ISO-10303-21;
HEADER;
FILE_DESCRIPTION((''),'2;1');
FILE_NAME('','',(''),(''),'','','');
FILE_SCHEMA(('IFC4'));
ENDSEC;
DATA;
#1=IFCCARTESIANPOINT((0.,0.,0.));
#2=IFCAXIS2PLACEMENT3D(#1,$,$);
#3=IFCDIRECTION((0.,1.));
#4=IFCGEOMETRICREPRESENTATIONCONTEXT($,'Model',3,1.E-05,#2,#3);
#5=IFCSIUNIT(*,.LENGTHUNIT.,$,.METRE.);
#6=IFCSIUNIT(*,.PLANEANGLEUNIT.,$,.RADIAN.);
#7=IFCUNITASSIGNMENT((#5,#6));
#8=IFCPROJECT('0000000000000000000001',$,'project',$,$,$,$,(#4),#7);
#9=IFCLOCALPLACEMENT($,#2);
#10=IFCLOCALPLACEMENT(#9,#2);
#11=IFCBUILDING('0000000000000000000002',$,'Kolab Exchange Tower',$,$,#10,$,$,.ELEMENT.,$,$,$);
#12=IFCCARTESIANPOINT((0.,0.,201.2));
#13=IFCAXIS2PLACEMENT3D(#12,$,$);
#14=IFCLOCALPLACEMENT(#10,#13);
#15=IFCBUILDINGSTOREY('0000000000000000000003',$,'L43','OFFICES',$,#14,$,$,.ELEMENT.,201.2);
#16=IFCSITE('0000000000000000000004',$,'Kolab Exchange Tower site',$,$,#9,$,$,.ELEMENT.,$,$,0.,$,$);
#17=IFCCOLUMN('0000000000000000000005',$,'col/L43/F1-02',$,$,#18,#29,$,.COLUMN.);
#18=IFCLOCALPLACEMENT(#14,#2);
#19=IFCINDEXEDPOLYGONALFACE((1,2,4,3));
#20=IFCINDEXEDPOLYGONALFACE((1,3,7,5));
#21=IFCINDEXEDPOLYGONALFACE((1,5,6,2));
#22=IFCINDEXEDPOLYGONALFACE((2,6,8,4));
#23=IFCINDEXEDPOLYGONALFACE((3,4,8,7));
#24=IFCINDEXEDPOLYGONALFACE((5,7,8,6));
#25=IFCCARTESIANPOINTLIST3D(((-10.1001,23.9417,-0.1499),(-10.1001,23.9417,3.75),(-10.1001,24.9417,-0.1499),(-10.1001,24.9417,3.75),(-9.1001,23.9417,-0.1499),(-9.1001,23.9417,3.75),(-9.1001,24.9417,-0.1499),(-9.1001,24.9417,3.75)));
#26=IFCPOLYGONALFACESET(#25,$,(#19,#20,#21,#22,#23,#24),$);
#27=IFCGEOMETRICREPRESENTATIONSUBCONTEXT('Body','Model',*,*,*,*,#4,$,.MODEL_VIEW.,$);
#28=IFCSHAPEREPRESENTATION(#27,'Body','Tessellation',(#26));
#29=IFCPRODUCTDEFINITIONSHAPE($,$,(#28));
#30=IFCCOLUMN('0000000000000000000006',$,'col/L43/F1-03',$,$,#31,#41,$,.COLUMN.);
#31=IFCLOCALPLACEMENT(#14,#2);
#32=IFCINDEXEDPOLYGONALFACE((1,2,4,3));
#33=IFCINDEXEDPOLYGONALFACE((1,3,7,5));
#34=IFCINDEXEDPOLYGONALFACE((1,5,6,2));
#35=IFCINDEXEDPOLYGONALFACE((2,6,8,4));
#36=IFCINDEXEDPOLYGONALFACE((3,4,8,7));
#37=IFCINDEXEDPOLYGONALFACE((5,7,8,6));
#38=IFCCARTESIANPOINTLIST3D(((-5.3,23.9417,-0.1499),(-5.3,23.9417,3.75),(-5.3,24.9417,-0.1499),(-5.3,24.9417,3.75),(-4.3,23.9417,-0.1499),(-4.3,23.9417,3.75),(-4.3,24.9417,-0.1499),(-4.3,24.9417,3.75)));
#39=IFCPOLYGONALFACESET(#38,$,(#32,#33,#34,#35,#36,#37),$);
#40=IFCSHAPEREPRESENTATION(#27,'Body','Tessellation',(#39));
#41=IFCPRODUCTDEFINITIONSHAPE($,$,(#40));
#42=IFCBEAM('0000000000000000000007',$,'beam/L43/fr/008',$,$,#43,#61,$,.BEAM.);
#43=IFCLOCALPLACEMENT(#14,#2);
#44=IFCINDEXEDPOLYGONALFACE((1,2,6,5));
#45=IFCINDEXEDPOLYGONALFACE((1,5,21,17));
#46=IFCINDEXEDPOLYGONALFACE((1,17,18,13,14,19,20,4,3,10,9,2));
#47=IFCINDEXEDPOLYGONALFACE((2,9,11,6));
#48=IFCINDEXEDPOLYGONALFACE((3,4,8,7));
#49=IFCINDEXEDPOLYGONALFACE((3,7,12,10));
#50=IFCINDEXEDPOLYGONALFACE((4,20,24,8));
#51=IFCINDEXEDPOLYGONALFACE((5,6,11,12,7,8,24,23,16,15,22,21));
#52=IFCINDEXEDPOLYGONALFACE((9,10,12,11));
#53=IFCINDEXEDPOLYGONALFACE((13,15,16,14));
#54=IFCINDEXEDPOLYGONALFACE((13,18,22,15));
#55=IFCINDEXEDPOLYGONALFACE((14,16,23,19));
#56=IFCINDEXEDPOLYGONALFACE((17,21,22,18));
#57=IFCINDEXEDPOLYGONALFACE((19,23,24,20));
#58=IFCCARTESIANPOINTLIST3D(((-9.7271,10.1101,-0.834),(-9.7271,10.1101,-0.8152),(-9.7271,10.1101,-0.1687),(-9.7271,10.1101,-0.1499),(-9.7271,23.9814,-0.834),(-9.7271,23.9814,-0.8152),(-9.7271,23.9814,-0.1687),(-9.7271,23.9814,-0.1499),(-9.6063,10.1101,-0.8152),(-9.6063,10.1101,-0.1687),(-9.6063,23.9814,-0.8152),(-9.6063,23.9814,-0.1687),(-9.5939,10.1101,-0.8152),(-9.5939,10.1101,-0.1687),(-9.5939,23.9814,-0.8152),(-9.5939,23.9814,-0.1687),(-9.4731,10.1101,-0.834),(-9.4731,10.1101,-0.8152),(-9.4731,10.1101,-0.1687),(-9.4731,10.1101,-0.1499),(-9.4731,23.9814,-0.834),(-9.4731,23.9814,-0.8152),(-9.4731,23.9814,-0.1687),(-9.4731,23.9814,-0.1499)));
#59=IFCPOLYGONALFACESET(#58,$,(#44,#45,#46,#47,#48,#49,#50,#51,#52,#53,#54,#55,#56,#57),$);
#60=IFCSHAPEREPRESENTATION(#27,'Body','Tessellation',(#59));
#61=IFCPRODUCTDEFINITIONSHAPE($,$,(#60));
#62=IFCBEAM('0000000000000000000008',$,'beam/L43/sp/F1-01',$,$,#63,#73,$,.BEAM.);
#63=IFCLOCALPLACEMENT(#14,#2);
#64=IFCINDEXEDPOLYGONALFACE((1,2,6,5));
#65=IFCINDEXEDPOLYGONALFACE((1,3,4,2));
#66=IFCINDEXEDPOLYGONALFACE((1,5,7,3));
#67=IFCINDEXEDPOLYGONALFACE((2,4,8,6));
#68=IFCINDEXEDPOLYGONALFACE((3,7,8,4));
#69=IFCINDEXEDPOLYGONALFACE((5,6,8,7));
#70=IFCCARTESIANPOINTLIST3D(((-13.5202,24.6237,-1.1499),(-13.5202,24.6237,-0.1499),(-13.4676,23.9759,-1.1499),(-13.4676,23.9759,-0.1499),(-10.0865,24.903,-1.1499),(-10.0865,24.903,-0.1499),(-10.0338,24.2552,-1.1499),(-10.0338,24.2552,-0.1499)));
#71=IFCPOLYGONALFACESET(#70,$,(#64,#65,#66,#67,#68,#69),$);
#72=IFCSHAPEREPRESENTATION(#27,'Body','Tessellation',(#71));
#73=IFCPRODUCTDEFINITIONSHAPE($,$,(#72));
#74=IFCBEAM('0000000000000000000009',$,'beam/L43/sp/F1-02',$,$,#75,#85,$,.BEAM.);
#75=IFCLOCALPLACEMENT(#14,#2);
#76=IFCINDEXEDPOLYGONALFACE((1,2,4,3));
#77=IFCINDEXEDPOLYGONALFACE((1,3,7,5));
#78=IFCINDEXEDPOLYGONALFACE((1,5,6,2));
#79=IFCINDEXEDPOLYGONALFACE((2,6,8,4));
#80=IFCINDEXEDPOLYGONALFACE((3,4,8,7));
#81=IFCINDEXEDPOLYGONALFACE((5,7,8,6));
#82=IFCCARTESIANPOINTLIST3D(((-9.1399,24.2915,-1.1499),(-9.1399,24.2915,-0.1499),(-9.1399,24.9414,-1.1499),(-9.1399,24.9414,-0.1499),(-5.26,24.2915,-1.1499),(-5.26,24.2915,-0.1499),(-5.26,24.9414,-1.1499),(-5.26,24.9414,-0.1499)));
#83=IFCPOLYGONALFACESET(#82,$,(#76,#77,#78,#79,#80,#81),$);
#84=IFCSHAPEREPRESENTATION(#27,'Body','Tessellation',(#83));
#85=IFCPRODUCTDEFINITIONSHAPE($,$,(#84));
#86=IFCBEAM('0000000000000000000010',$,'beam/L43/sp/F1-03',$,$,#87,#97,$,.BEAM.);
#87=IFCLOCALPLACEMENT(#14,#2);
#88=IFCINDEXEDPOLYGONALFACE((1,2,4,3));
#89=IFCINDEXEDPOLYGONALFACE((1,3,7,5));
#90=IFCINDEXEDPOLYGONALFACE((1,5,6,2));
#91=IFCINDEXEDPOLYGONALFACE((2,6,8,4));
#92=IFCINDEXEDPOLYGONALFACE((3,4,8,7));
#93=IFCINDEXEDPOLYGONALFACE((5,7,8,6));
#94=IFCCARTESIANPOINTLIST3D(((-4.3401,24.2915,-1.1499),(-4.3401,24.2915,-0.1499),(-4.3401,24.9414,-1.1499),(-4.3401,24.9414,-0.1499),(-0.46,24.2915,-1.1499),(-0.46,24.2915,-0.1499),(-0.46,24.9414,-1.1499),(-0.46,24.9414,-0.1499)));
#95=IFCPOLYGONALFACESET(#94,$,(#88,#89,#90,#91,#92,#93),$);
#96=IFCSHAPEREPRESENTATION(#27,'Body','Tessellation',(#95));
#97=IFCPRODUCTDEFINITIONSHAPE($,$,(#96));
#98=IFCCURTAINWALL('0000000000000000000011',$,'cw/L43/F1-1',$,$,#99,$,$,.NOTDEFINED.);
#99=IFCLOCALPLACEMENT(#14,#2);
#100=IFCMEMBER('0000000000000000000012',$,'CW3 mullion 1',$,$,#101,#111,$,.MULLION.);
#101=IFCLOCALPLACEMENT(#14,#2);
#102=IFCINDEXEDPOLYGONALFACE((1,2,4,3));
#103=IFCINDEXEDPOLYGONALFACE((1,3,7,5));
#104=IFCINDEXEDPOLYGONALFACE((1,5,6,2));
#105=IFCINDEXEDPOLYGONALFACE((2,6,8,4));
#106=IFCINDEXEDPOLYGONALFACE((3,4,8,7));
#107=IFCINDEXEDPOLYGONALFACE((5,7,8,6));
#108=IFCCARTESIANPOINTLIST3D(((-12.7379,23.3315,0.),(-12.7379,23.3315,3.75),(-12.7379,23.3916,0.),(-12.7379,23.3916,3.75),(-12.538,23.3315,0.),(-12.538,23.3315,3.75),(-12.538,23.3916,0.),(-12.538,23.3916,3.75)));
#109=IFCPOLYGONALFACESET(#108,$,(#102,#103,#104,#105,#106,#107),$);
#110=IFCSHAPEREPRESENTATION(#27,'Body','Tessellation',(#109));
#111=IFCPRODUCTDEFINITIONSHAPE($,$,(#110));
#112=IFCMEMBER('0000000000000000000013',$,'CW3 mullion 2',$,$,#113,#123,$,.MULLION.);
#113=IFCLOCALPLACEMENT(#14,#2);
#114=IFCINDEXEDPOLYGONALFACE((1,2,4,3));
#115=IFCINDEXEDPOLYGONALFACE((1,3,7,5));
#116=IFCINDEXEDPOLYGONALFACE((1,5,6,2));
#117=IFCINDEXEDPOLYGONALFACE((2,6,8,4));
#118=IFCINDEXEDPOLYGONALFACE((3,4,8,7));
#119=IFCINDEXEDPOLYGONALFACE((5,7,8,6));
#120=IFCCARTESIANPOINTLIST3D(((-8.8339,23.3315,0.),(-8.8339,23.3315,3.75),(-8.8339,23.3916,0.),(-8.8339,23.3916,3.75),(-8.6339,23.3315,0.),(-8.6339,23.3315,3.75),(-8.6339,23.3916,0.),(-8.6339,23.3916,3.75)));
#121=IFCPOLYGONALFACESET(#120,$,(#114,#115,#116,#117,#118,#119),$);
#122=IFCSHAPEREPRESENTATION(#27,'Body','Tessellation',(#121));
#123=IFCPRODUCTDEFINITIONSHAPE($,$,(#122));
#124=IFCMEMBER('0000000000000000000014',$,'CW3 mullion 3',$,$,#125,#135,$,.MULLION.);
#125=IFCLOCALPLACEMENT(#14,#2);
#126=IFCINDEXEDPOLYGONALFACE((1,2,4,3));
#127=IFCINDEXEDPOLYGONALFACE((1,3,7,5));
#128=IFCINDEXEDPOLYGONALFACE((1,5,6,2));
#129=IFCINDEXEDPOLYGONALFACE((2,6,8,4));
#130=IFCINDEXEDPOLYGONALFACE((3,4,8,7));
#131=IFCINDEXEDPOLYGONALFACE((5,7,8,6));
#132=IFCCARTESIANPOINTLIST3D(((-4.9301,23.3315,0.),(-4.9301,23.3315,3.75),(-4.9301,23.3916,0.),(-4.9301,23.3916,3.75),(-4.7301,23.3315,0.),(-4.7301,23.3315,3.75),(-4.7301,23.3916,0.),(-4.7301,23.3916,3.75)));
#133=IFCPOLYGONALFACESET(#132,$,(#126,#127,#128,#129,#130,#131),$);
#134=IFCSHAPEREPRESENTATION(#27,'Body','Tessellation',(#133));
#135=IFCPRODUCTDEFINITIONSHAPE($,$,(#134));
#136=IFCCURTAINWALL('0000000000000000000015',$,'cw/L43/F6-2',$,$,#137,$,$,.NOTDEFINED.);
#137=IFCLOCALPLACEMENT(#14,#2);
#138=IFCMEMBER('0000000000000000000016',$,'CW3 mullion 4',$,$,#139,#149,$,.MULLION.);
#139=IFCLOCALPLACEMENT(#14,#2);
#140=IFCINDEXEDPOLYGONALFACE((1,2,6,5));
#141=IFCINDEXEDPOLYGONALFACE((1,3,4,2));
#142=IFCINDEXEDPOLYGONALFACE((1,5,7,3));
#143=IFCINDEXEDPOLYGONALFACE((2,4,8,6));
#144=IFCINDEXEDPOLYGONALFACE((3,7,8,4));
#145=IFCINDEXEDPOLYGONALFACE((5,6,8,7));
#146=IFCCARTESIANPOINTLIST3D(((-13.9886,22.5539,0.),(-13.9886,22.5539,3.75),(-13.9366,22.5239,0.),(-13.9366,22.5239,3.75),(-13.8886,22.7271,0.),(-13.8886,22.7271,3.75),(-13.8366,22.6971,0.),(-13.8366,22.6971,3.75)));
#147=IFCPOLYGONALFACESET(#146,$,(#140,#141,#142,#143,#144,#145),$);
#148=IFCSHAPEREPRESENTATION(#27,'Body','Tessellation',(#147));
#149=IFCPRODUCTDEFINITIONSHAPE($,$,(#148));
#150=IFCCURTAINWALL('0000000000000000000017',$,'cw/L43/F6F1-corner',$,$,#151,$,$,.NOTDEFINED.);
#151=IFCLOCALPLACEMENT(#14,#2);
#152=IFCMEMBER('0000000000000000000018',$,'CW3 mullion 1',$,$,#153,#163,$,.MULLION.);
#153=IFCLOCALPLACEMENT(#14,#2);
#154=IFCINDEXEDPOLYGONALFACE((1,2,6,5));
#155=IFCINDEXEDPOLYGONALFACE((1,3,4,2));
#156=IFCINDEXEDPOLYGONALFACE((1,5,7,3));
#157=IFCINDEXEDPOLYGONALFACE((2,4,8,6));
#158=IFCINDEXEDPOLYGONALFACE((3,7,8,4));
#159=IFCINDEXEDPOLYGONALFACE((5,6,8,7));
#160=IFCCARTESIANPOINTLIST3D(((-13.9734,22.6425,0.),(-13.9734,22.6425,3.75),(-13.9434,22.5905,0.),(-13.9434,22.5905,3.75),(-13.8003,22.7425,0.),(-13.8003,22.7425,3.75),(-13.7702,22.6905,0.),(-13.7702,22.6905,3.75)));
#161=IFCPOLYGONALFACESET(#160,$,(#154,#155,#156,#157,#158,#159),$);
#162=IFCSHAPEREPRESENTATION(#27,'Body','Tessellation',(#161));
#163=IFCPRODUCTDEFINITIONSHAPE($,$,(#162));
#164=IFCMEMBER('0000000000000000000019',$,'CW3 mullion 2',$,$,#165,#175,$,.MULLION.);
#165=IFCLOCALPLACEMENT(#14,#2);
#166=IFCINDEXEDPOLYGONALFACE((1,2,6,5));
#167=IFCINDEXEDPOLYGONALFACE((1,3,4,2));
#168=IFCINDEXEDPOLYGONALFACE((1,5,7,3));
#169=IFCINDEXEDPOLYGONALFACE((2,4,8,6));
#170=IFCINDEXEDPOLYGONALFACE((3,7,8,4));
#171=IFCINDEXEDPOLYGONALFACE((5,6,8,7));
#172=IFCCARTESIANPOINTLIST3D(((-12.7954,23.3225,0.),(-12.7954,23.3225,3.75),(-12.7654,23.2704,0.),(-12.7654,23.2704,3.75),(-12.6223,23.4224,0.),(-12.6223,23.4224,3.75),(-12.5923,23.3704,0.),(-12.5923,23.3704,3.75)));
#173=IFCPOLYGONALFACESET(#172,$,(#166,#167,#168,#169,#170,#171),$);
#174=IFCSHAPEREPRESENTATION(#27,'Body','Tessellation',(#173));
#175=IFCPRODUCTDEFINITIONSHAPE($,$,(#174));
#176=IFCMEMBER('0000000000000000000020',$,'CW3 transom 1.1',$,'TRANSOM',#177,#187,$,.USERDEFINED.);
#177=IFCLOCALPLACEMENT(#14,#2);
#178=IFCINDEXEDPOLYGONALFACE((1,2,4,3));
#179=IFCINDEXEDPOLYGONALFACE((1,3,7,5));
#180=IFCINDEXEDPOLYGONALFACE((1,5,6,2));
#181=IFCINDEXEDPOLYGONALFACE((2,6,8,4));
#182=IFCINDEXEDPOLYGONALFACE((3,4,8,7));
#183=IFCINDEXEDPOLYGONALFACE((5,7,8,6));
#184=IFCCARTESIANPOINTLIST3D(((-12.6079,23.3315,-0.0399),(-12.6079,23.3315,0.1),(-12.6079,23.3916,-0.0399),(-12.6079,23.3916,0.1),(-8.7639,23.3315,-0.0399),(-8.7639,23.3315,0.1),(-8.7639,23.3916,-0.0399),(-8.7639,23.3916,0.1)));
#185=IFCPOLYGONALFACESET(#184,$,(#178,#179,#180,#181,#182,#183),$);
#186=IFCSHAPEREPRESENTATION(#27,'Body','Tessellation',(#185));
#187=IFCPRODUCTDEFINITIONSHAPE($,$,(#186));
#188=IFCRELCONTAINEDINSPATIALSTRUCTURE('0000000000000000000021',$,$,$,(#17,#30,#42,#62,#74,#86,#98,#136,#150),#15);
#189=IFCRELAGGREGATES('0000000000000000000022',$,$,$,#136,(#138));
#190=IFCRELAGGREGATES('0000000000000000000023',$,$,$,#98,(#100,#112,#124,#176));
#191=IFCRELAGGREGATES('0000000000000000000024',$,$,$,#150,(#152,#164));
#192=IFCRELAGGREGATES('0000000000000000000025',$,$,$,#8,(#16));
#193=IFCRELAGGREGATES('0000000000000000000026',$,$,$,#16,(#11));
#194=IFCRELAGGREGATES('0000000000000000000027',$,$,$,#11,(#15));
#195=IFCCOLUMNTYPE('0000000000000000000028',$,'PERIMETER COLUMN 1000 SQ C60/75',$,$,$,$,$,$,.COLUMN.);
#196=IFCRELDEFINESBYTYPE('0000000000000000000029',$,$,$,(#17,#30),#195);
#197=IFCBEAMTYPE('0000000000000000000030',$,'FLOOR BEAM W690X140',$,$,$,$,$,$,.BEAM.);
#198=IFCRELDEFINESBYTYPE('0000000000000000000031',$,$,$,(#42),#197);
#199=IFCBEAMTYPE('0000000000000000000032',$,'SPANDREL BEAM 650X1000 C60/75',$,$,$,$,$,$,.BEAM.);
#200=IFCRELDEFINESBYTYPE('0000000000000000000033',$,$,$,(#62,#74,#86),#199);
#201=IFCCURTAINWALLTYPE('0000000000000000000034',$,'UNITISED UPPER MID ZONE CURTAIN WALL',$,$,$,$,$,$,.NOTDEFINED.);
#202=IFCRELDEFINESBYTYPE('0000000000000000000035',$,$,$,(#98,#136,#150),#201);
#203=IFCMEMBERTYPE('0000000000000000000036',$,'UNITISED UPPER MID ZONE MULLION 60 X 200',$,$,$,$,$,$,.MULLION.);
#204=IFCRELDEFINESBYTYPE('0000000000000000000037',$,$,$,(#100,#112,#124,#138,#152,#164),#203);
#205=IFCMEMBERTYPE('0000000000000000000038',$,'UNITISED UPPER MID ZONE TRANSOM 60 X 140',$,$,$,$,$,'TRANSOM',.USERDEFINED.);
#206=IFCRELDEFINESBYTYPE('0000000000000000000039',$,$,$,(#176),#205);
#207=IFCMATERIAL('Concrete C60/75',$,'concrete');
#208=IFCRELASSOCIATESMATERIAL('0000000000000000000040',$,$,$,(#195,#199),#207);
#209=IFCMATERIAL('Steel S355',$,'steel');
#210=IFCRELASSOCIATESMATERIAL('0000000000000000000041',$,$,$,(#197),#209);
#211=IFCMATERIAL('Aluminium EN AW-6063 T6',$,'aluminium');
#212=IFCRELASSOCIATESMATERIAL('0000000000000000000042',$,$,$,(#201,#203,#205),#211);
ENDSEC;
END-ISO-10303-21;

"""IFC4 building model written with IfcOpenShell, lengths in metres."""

from ifc_helpers import new_model, si_unit, direction, frame, origin, origin_2d, place, context, subcontext, project, spatial, rectangle, i_section, extrude, material, material_profile, profile_set, type_object, element, aggregate, save


model = new_model("IFC4")

# Units and contexts
model_context = context("Model", 3, precision=1e-05, world=origin(), true_north=direction((0.0, 1.0)))
body_context = subcontext(model_context, "Body", "Model", "MODEL_VIEW")
ifc_project = project(units=[si_unit("LENGTHUNIT", "METRE"), si_unit("PLANEANGLEUNIT", "RADIAN")], contexts=[model_context])

# Site, building, storey
site_placement = place(None, origin())
site = spatial("IfcSite", under=ifc_project, at=site_placement, Name="Kolab Exchange Tower site", CompositionType="ELEMENT", RefElevation=0.0)
building_placement = place(site_placement, origin())
building = spatial("IfcBuilding", under=site, at=building_placement, Name="Kolab Exchange Tower", CompositionType="ELEMENT")
storey_placement = place(building_placement, frame((0.0, 0.0, 201.2)))
storey = spatial("IfcBuildingStorey", under=building, at=storey_placement, Name="L43", Description="OFFICES", CompositionType="ELEMENT", Elevation=201.2)

# Columns
ifc_material_1 = material(Name="Concrete C60/75", Category="concrete")
ifc_material_profile_1 = material_profile(ifc_material_1, rectangle(XDim=1.0, YDim=1.0, at=origin_2d()), Name="RC1000")
ifc_profile_set_1 = profile_set([ifc_material_profile_1], Name="Concrete C60/75")
column_type = type_object("IfcColumnType", Name="PERIMETER COLUMN 1000 SQ C60/75", PredefinedType="COLUMN", material=ifc_profile_set_1)
for number, where, z_axis, x_axis, name in (
    (1, (-9.6001, 24.4417, -0.1499), (0.0, 0.0, 1.0), (1.0, 0.0, 0.0), "col/L43/F1-02"),
    (2, (-4.8, 24.4417, -0.1499), (0.0, 0.0, 1.0), (1.0, 0.0, 0.0), "col/L43/F1-03"),
):
    element("IfcColumn", number, at=place(storey_placement, frame(where, z_axis=z_axis, x_axis=x_axis)), inside=storey, type_object=column_type, Name=name, PredefinedType="COLUMN", context=body_context, shape_type="SweptSolid", body=[
        extrude(rectangle(XDim=1.0, YDim=1.0, at=origin_2d()), origin(), (0.0, 0.0, 1.0), 3.8999),
    ])

# Beams
ifc_material_2 = material(Name="Steel S355", Category="steel")
ifc_material_profile_2 = material_profile(ifc_material_2, i_section(OverallWidth=0.2539, OverallDepth=0.6841, WebThickness=0.0125, FlangeThickness=0.0188, at=origin_2d()), Name="W690X140")
ifc_profile_set_2 = profile_set([ifc_material_profile_2], Name="Steel S355")
beam_type_1 = type_object("IfcBeamType", Name="FLOOR BEAM W690X140", PredefinedType="BEAM", material=ifc_profile_set_2)
beam_1_placement = place(storey_placement, frame((-9.6001, 10.1101, -0.4919), z_axis=(0.0, 1.0, 0.0), x_axis=(-1.0, 0.0, 0.0)))
element("IfcBeam", 3, at=beam_1_placement, inside=storey, type_object=beam_type_1, Name="beam/L43/fr/008", PredefinedType="BEAM", context=body_context, shape_type="SweptSolid", body=[
    extrude(i_section(OverallWidth=0.2539, OverallDepth=0.6841, WebThickness=0.0125, FlangeThickness=0.0188, at=origin_2d()), origin(), (0.0, 0.0, 1.0), 13.8713),
])
ifc_material_profile_3 = material_profile(ifc_material_1, rectangle(XDim=0.6499, YDim=1.0, at=origin_2d()), Name="RC650X1000")
ifc_profile_set_3 = profile_set([ifc_material_profile_3], Name="Concrete C60/75")
beam_type_2 = type_object("IfcBeamType", Name="SPANDREL BEAM 650X1000 C60/75", PredefinedType="BEAM", material=ifc_profile_set_3)
beam_2_placement = place(storey_placement, frame((-13.4939, 24.2998, -0.6499), z_axis=(0.996708, 0.081069, 0.0), x_axis=(-0.081069, 0.996708, 0.0)))
element("IfcBeam", 4, at=beam_2_placement, inside=storey, type_object=beam_type_2, Name="beam/L43/sp/F1-01", PredefinedType="BEAM", context=body_context, shape_type="SweptSolid", body=[
    extrude(rectangle(XDim=0.6499, YDim=1.0, at=origin_2d()), origin(), (0.0, 0.0, 1.0), 3.4451),
])
beam_3_placement = place(storey_placement, frame((-9.1399, 24.6165, -0.6499), z_axis=(1.0, 0.0, 0.0), x_axis=(0.0, 1.0, 0.0)))
element("IfcBeam", 5, at=beam_3_placement, inside=storey, type_object=beam_type_2, Name="beam/L43/sp/F1-02", PredefinedType="BEAM", context=body_context, shape_type="SweptSolid", body=[
    extrude(rectangle(XDim=0.6499, YDim=1.0, at=origin_2d()), origin(), (0.0, 0.0, 1.0), 3.8799),
])
beam_4_placement = place(storey_placement, frame((-4.3401, 24.6165, -0.6499), z_axis=(1.0, 0.0, 0.0), x_axis=(0.0, 1.0, 0.0)))
element("IfcBeam", 6, at=beam_4_placement, inside=storey, type_object=beam_type_2, Name="beam/L43/sp/F1-03", PredefinedType="BEAM", context=body_context, shape_type="SweptSolid", body=[
    extrude(rectangle(XDim=0.6499, YDim=1.0, at=origin_2d()), origin(), (0.0, 0.0, 1.0), 3.8801),
])

# Curtain wall, members
ifc_material_3 = material(Name="Aluminium EN AW-6063 T6", Category="aluminium")
curtain_wall_type = type_object("IfcCurtainWallType", Name="UNITISED UPPER MID ZONE CURTAIN WALL", PredefinedType="NOTDEFINED", material=ifc_material_3)
curtain_wall_1_placement = place(storey_placement, origin())
curtain_wall_1 = element("IfcCurtainWall", 7, at=curtain_wall_1_placement, inside=storey, type_object=curtain_wall_type, Name="cw/L43/F1-1", PredefinedType="NOTDEFINED")
ifc_material_profile_4 = material_profile(ifc_material_3, rectangle(XDim=0.0601, YDim=0.2, at=origin_2d()), Name="RECT 60X200")
ifc_profile_set_4 = profile_set([ifc_material_profile_4], Name="Aluminium EN AW-6063 T6")
member_type_1 = type_object("IfcMemberType", Name="UNITISED UPPER MID ZONE MULLION 60 X 200", PredefinedType="MULLION", material=ifc_profile_set_4)
member_1_placement = place(storey_placement, frame((-12.6379, 23.3616, 0.0), z_axis=(0.0, 0.0, 1.0), x_axis=(0.0, 1.0, 0.0)))
member_1 = element("IfcMember", 8, at=member_1_placement, type_object=member_type_1, Name="CW3 mullion 1", PredefinedType="MULLION", context=body_context, shape_type="SweptSolid", body=[
    extrude(rectangle(XDim=0.0601, YDim=0.2, at=origin_2d()), origin(), (0.0, 0.0, 1.0), 3.75),
])
member_2_placement = place(storey_placement, frame((-8.7339, 23.3616, 0.0), z_axis=(0.0, 0.0, 1.0), x_axis=(0.0, 1.0, 0.0)))
member_2 = element("IfcMember", 9, at=member_2_placement, type_object=member_type_1, Name="CW3 mullion 2", PredefinedType="MULLION", context=body_context, shape_type="SweptSolid", body=[
    extrude(rectangle(XDim=0.0601, YDim=0.2, at=origin_2d()), origin(), (0.0, 0.0, 1.0), 3.75),
])
member_3_placement = place(storey_placement, frame((-4.8301, 23.3616, 0.0), z_axis=(0.0, 0.0, 1.0), x_axis=(0.0, 1.0, 0.0)))
member_3 = element("IfcMember", 10, at=member_3_placement, type_object=member_type_1, Name="CW3 mullion 3", PredefinedType="MULLION", context=body_context, shape_type="SweptSolid", body=[
    extrude(rectangle(XDim=0.0601, YDim=0.2, at=origin_2d()), origin(), (0.0, 0.0, 1.0), 3.75),
])

# Curtain wall, member
curtain_wall_2_placement = place(storey_placement, origin())
curtain_wall_2 = element("IfcCurtainWall", 11, at=curtain_wall_2_placement, inside=storey, type_object=curtain_wall_type, Name="cw/L43/F6-2", PredefinedType="NOTDEFINED")
member_4_placement = place(storey_placement, frame((-13.9126, 22.6255, 0.0), z_axis=(0.0, 0.0, 1.0), x_axis=(-0.866025, 0.5, 0.0)))
member_4 = element("IfcMember", 12, at=member_4_placement, type_object=member_type_1, Name="CW3 mullion 4", PredefinedType="MULLION", context=body_context, shape_type="SweptSolid", body=[
    extrude(rectangle(XDim=0.0601, YDim=0.2, at=origin_2d()), origin(), (0.0, 0.0, 1.0), 3.75),
])
aggregate(curtain_wall_2, [member_4])

# Curtain wall, members
curtain_wall_3_placement = place(storey_placement, origin())
curtain_wall_3 = element("IfcCurtainWall", 13, at=curtain_wall_3_placement, inside=storey, type_object=curtain_wall_type, Name="cw/L43/F6F1-corner", PredefinedType="NOTDEFINED")
member_5_placement = place(storey_placement, frame((-13.8718, 22.6665, 0.0), z_axis=(0.0, 0.0, 1.0), x_axis=(-0.5, 0.866025, 0.0)))
member_5 = element("IfcMember", 14, at=member_5_placement, type_object=member_type_1, Name="CW3 mullion 1", PredefinedType="MULLION", context=body_context, shape_type="SweptSolid", body=[
    extrude(rectangle(XDim=0.0601, YDim=0.2, at=origin_2d()), origin(), (0.0, 0.0, 1.0), 3.75),
])
member_6_placement = place(storey_placement, frame((-12.6938, 23.3464, 0.0), z_axis=(0.0, 0.0, 1.0), x_axis=(-0.5, 0.866025, 0.0)))
member_6 = element("IfcMember", 15, at=member_6_placement, type_object=member_type_1, Name="CW3 mullion 2", PredefinedType="MULLION", context=body_context, shape_type="SweptSolid", body=[
    extrude(rectangle(XDim=0.0601, YDim=0.2, at=origin_2d()), origin(), (0.0, 0.0, 1.0), 3.75),
])

# Member
ifc_material_profile_5 = material_profile(ifc_material_3, rectangle(XDim=0.0601, YDim=0.1399, at=origin_2d()), Name="RECT 60X140")
ifc_profile_set_5 = profile_set([ifc_material_profile_5], Name="Aluminium EN AW-6063 T6")
member_type_2 = type_object("IfcMemberType", Name="UNITISED UPPER MID ZONE TRANSOM 60 X 140", ElementType="TRANSOM", PredefinedType="USERDEFINED", material=ifc_profile_set_5)
member_7_placement = place(storey_placement, frame((-12.6079, 23.3616, 0.03), z_axis=(1.0, 0.0, 0.0), x_axis=(0.0, 1.0, 0.0)))
member_7 = element("IfcMember", 16, at=member_7_placement, type_object=member_type_2, Name="CW3 transom 1.1", ObjectType="TRANSOM", PredefinedType="USERDEFINED", context=body_context, shape_type="SweptSolid", body=[
    extrude(rectangle(XDim=0.0601, YDim=0.1399, at=origin_2d()), origin(), (0.0, 0.0, 1.0), 3.844),
])

aggregate(curtain_wall_1, [member_1, member_2, member_3, member_7])
aggregate(curtain_wall_3, [member_5, member_6])

save(model, "model.ifc")
